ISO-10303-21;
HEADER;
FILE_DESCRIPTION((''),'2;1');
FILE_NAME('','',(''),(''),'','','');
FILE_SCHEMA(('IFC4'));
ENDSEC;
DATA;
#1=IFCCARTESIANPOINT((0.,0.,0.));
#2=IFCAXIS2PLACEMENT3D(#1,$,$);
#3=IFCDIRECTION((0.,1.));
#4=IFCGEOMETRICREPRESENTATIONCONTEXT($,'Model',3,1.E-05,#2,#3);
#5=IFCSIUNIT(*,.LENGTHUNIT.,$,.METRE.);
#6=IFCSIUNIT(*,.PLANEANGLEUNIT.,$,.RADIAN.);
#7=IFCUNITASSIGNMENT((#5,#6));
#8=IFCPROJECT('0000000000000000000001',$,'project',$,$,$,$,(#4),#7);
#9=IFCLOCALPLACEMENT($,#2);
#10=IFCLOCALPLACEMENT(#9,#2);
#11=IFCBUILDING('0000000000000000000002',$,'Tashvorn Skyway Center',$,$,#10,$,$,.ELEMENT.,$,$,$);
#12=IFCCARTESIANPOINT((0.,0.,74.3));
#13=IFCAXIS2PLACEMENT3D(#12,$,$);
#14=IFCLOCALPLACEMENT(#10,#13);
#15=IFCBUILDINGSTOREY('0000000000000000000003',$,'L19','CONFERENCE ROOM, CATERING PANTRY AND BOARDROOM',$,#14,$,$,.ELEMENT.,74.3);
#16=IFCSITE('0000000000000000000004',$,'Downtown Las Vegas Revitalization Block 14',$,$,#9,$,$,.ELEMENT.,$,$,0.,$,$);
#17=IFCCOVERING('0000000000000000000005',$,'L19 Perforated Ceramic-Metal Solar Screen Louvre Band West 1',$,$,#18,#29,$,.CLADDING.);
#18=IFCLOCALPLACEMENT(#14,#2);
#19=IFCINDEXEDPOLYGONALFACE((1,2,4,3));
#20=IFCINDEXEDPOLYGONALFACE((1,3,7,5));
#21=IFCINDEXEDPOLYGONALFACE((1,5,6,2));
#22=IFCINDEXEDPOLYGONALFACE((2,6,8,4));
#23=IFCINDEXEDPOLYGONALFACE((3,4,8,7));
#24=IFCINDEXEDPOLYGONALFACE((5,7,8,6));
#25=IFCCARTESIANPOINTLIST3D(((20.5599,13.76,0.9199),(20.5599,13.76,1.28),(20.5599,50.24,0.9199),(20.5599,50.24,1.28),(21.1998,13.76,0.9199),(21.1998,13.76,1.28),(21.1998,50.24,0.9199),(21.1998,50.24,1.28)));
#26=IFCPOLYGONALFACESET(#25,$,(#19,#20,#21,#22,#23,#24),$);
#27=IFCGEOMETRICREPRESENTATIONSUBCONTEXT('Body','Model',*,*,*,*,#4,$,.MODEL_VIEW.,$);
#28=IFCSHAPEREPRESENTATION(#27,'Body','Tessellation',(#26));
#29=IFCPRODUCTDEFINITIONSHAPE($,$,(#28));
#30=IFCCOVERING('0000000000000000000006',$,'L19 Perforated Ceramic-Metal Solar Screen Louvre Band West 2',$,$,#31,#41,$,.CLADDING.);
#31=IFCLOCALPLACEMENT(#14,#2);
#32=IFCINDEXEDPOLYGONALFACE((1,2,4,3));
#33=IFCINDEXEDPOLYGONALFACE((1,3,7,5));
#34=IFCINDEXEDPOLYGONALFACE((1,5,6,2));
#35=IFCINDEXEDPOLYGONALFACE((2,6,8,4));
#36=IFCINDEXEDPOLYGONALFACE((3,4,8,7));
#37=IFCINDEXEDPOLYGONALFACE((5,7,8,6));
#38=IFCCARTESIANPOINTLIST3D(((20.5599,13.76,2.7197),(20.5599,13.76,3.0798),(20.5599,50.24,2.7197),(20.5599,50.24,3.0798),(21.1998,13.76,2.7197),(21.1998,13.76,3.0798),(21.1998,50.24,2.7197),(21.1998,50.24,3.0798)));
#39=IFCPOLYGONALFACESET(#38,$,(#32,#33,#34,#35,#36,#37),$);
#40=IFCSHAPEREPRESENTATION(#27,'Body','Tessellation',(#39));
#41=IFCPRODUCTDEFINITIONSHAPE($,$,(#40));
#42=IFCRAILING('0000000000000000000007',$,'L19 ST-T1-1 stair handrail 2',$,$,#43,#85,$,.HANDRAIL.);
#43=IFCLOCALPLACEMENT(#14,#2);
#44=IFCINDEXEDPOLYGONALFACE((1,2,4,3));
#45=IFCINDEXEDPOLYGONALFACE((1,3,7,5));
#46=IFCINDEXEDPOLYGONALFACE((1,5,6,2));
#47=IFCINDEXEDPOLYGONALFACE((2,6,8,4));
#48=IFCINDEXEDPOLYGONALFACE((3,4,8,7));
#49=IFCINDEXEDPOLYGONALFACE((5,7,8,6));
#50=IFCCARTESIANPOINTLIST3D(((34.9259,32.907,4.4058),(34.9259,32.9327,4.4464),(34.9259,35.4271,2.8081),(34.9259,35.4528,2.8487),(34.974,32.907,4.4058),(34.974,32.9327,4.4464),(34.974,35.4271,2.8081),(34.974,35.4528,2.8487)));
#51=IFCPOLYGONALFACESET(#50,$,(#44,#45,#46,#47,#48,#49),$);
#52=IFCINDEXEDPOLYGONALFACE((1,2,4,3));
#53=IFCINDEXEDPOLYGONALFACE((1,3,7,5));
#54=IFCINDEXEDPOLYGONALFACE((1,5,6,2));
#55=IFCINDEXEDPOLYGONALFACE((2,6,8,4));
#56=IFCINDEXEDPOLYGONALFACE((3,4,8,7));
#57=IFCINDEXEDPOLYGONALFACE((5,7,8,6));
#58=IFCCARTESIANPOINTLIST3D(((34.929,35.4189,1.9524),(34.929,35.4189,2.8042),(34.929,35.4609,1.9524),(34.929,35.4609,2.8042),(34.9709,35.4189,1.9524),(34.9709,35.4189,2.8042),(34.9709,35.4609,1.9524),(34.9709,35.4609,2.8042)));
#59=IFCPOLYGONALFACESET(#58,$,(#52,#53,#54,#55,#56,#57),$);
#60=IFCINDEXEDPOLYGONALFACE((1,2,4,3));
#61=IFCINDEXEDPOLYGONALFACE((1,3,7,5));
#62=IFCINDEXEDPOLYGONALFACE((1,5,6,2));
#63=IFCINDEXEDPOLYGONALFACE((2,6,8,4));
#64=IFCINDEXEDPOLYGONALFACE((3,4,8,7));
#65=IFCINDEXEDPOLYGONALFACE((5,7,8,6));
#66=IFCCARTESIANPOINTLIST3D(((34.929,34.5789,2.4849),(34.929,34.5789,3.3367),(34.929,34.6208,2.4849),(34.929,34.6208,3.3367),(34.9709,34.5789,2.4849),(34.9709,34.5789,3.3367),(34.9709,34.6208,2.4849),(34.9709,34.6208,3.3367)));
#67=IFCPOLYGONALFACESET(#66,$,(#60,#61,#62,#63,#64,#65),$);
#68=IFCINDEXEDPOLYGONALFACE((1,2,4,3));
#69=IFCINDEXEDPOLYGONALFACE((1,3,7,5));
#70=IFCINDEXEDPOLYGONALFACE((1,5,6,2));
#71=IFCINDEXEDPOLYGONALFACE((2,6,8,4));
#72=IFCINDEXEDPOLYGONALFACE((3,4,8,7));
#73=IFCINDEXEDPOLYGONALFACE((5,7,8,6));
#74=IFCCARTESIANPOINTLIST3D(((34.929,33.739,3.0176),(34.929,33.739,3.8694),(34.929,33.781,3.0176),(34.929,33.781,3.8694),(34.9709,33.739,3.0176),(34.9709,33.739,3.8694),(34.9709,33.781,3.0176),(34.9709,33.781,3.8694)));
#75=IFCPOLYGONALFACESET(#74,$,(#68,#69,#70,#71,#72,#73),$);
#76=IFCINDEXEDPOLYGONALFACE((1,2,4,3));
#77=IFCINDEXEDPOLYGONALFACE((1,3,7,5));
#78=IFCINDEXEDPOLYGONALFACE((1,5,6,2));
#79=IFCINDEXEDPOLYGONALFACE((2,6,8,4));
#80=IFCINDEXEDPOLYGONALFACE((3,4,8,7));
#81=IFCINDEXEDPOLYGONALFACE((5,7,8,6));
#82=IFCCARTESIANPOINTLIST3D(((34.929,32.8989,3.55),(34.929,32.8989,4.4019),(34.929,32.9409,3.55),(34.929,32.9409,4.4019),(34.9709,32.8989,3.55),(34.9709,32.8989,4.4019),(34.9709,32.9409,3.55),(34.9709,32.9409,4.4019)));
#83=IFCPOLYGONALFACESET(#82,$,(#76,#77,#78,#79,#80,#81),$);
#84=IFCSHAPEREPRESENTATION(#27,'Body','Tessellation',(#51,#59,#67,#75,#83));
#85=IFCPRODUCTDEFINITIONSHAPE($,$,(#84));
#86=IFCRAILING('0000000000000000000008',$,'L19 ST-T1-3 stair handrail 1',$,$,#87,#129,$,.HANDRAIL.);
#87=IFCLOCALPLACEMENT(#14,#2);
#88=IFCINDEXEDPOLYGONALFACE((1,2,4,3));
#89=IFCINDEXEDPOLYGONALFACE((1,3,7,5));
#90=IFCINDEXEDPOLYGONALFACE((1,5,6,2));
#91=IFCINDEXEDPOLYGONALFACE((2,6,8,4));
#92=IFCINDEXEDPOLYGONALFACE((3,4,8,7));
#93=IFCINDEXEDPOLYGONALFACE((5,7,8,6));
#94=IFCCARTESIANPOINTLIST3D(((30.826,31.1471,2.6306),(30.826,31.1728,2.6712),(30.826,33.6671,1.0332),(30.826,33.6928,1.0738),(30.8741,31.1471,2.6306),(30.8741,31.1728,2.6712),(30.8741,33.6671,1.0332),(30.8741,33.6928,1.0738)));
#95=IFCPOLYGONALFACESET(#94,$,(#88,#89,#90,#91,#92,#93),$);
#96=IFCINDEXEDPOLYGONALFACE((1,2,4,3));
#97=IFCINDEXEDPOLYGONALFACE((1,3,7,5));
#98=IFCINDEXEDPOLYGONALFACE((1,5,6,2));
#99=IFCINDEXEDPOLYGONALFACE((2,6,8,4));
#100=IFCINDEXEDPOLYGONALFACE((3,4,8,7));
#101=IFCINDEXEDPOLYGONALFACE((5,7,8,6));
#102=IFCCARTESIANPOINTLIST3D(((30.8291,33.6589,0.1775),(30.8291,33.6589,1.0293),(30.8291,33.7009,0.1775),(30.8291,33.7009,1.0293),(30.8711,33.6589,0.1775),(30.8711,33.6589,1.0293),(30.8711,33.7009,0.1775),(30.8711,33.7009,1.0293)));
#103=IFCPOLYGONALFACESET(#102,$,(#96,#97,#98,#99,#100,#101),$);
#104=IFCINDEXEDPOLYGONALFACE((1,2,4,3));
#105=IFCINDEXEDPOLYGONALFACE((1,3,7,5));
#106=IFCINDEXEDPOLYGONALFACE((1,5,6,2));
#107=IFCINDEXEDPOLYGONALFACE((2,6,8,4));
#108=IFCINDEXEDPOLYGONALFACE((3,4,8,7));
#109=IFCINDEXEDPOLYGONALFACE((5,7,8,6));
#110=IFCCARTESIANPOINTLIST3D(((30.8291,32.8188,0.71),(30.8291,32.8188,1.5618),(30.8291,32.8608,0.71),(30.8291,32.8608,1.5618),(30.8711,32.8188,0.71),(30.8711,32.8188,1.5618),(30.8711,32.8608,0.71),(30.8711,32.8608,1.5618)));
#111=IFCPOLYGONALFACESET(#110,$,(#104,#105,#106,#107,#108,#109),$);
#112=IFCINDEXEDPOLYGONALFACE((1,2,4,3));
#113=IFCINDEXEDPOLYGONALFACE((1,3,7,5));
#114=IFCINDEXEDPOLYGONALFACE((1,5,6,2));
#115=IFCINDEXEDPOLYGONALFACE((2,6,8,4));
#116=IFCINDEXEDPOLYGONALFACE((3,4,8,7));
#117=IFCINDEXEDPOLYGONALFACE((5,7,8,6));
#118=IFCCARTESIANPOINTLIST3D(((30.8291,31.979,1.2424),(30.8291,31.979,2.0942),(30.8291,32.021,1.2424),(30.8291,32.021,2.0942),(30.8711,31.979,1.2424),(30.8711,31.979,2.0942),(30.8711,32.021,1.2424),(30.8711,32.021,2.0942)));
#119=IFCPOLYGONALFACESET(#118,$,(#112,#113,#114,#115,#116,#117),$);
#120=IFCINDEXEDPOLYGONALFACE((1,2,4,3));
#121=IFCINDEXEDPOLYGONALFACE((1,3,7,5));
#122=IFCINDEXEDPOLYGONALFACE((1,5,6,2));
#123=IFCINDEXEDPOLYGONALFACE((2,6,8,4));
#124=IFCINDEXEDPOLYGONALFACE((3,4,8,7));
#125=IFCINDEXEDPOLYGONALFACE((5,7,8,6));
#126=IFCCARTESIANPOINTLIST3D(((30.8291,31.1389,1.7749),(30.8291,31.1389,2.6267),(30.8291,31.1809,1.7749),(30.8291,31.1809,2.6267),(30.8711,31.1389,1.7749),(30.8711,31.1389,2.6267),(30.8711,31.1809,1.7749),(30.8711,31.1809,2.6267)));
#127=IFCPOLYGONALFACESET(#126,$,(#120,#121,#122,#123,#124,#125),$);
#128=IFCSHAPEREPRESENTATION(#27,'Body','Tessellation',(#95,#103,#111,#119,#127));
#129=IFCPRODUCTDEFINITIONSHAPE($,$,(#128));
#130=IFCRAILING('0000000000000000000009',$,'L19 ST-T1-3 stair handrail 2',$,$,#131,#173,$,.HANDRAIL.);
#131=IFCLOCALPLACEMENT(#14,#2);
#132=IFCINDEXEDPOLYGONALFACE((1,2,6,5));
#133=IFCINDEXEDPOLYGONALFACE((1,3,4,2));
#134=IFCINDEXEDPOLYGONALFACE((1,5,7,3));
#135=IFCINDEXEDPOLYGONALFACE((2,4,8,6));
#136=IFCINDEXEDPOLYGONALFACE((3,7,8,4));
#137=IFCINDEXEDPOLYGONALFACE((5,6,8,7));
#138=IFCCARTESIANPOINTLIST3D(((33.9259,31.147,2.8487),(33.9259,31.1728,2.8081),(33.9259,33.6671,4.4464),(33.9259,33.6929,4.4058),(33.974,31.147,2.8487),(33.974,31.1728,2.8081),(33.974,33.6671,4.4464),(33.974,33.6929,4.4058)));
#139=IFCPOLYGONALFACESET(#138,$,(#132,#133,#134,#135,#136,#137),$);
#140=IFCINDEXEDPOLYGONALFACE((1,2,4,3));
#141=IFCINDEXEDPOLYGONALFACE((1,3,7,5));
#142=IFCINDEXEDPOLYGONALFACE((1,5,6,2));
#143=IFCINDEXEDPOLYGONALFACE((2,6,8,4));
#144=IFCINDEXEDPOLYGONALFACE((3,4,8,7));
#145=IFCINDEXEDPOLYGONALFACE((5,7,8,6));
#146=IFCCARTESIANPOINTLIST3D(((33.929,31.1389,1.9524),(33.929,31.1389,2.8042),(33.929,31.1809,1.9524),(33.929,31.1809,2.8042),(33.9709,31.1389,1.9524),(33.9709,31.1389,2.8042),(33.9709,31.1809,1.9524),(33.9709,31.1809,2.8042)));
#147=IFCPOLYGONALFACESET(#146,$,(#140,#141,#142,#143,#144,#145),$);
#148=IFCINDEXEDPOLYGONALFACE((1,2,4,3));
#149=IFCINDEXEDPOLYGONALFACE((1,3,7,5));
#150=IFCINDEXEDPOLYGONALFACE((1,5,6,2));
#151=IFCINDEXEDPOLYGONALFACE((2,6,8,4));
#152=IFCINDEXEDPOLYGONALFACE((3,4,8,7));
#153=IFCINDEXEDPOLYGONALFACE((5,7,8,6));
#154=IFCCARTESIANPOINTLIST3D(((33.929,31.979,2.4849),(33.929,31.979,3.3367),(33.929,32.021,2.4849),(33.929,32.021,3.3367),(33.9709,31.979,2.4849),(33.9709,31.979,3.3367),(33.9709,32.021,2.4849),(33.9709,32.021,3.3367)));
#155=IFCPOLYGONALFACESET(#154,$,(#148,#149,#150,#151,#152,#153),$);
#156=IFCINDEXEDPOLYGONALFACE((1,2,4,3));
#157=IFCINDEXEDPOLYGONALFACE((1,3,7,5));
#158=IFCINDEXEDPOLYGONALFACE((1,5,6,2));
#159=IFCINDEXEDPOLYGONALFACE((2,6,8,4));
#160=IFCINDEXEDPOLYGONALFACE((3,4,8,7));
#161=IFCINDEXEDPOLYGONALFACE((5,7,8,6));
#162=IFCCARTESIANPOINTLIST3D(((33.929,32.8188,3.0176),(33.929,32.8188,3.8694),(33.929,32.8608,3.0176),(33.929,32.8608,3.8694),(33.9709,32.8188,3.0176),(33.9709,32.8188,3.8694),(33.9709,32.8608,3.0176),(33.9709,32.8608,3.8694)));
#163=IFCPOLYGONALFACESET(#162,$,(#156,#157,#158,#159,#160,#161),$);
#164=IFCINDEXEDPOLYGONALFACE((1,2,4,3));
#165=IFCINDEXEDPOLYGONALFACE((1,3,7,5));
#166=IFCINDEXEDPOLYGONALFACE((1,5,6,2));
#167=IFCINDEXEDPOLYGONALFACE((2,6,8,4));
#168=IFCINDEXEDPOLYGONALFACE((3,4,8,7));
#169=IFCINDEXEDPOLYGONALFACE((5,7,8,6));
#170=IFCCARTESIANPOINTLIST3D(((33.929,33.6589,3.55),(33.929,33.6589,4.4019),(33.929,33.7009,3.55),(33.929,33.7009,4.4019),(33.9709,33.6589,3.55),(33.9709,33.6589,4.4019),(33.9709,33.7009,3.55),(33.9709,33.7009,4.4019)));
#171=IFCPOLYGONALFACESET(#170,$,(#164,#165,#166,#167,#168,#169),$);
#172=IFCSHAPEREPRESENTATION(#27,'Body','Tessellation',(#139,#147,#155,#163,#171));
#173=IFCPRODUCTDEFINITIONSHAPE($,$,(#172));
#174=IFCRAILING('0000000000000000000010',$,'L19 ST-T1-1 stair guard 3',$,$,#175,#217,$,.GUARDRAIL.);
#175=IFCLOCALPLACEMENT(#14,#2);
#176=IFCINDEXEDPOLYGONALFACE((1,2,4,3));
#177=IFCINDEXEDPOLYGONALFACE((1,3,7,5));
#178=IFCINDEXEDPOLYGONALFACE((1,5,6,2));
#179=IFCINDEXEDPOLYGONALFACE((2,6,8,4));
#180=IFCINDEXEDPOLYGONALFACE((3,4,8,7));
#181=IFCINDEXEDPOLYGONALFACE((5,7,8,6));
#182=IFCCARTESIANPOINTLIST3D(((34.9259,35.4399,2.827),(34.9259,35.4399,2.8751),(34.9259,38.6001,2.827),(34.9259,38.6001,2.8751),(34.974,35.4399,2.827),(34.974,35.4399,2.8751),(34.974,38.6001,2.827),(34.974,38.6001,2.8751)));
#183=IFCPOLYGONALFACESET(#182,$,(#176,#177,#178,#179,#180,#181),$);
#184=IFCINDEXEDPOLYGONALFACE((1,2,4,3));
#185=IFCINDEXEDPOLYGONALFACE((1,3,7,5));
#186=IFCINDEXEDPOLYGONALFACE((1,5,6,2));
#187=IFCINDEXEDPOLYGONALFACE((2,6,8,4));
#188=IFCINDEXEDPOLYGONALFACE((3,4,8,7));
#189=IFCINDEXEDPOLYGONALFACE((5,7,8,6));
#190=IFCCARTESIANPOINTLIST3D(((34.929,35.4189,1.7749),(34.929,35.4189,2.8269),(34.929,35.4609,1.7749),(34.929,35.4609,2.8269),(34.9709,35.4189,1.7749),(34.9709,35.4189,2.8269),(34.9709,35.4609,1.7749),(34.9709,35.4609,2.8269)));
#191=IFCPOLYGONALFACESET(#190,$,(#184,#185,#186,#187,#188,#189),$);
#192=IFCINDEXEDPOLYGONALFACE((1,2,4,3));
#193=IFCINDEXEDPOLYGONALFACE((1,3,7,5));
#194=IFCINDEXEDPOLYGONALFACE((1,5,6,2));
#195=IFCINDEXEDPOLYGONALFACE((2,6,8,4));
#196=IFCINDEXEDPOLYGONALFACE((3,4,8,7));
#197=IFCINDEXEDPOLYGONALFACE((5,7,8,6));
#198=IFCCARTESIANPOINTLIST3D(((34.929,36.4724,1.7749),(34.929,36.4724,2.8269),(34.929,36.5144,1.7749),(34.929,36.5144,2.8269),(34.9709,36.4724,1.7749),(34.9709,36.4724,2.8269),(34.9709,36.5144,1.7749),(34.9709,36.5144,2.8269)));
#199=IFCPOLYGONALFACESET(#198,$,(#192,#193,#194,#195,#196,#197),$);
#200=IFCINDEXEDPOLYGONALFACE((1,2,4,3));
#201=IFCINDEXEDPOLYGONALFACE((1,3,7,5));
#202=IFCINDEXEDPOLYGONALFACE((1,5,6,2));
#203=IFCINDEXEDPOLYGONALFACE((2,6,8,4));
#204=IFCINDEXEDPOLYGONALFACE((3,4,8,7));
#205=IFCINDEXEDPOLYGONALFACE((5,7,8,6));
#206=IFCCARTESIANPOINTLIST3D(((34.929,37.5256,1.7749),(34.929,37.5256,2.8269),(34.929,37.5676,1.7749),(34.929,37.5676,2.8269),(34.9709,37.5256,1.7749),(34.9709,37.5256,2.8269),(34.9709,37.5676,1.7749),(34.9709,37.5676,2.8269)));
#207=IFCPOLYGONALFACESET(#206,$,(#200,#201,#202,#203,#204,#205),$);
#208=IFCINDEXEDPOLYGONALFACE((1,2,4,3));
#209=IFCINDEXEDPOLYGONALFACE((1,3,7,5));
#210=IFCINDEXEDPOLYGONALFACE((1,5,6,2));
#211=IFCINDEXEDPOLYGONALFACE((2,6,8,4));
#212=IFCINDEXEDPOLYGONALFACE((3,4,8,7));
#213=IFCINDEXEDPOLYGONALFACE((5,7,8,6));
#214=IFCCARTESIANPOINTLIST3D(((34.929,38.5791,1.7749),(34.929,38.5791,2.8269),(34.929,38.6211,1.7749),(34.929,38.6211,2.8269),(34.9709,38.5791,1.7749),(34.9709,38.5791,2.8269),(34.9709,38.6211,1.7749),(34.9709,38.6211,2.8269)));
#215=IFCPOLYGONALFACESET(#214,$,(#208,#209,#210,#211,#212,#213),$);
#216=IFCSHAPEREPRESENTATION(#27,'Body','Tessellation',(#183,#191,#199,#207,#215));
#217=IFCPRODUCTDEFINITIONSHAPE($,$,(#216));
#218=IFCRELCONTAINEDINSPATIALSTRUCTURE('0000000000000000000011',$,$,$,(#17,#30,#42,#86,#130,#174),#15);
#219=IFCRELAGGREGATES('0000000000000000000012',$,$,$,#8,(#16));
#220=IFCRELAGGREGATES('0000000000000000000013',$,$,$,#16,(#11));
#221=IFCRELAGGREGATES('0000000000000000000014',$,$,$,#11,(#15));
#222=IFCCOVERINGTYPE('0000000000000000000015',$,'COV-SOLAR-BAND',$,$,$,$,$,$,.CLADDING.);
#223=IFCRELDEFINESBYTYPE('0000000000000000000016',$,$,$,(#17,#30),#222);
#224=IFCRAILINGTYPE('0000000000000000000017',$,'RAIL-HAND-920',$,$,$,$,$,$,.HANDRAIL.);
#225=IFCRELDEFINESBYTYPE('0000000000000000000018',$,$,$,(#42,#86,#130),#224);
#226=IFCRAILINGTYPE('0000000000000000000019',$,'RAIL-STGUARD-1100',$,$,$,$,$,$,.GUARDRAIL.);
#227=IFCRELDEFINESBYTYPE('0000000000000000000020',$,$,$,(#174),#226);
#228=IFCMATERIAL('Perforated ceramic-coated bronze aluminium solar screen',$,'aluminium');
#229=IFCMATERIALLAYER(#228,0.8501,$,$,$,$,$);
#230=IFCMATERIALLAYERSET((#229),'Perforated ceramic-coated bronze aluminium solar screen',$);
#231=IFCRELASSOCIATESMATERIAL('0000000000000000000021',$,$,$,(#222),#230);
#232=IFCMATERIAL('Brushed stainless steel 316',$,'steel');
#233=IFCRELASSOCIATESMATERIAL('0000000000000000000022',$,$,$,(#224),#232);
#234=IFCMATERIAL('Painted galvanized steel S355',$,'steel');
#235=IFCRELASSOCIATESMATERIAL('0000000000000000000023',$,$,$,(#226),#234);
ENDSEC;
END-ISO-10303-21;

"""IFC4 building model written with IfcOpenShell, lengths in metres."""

from ifc_helpers import new_model, si_unit, direction, frame, origin, origin_2d, place, context, subcontext, project, spatial, rectangle, extrude, material, layer, layer_set, type_object, element, save


model = new_model("IFC4")

# Units and contexts
model_context = context("Model", 3, precision=1e-05, world=origin(), true_north=direction((0.0, 1.0)))
body_context = subcontext(model_context, "Body", "Model", "MODEL_VIEW")
ifc_project = project(units=[si_unit("LENGTHUNIT", "METRE"), si_unit("PLANEANGLEUNIT", "RADIAN")], contexts=[model_context])

# Site, building, storey
site_placement = place(None, origin())
site = spatial("IfcSite", under=ifc_project, at=site_placement, Name="Downtown Las Vegas Revitalization Block 14", CompositionType="ELEMENT", RefElevation=0.0)
building_placement = place(site_placement, origin())
building = spatial("IfcBuilding", under=site, at=building_placement, Name="Tashvorn Skyway Center", CompositionType="ELEMENT")
storey_placement = place(building_placement, frame((0.0, 0.0, 74.3)))
storey = spatial("IfcBuildingStorey", under=building, at=storey_placement, Name="L19", Description="CONFERENCE ROOM, CATERING PANTRY AND BOARDROOM", CompositionType="ELEMENT", Elevation=74.3)

# Coverings
ifc_material_1 = material(Name="Perforated ceramic-coated bronze aluminium solar screen", Category="aluminium")
ifc_layer_1 = layer(ifc_material_1, 0.8501)
ifc_layer_set_1 = layer_set([ifc_layer_1], Name="Perforated ceramic-coated bronze aluminium solar screen")
covering_type = type_object("IfcCoveringType", Name="COV-SOLAR-BAND", PredefinedType="CLADDING", material=ifc_layer_set_1)
for number, where, z_axis, x_axis, name in (
    (1, (20.8799, 32.0, 0.9199), (0.0, 0.0, 1.0), (0.0, 1.0, 0.0), "L19 Perforated Ceramic-Metal Solar Screen Louvre Band West 1"),
    (2, (20.8799, 32.0, 2.7197), (0.0, 0.0, 1.0), (0.0, 1.0, 0.0), "L19 Perforated Ceramic-Metal Solar Screen Louvre Band West 2"),
):
    element("IfcCovering", number, at=place(storey_placement, frame(where, z_axis=z_axis, x_axis=x_axis)), inside=storey, type_object=covering_type, Name=name, PredefinedType="CLADDING", context=body_context, shape_type="SweptSolid", body=[
        extrude(rectangle(XDim=36.48, YDim=0.6399, at=origin_2d()), origin(), (0.0, 0.0, 1.0), 0.3601),
    ])

# Railings
ifc_material_2 = material(Name="Brushed stainless steel 316", Category="steel")
railing_type_1 = type_object("IfcRailingType", Name="RAIL-HAND-920", PredefinedType="HANDRAIL", material=ifc_material_2)
railing_1_placement = place(storey_placement, frame((34.95, 35.4399, 1.9524)))
element("IfcRailing", 3, at=railing_1_placement, inside=storey, type_object=railing_type_1, Name="L19 ST-T1-1 stair handrail 2", PredefinedType="HANDRAIL", context=body_context, shape_type="SweptSolid", body=[
    extrude(rectangle(XDim=0.0481, YDim=0.0481, at=origin_2d()), frame((0.0, 0.0, 0.876), z_axis=(0.0, -0.84457, 0.535445), x_axis=(1.0, 0.0, 0.0)), (0.0, 0.0, 1.0), 2.9839),
    extrude(rectangle(XDim=0.042, YDim=0.042, at=origin_2d()), origin(), (0.0, 0.0, 1.0), 0.8518),
    extrude(rectangle(XDim=0.042, YDim=0.042, at=origin_2d()), frame((0.0, -0.8401, 0.5325)), (0.0, 0.0, 1.0), 0.8518),
    extrude(rectangle(XDim=0.042, YDim=0.042, at=origin_2d()), frame((0.0, -1.6799, 1.0652)), (0.0, 0.0, 1.0), 0.8518),
    extrude(rectangle(XDim=0.042, YDim=0.042, at=origin_2d()), frame((0.0, -2.52, 1.5977)), (0.0, 0.0, 1.0), 0.8518),
])
railing_2_placement = place(storey_placement, frame((30.8501, 33.6799, 0.1775)))
element("IfcRailing", 4, at=railing_2_placement, inside=storey, type_object=railing_type_1, Name="L19 ST-T1-3 stair handrail 1", PredefinedType="HANDRAIL", context=body_context, shape_type="SweptSolid", body=[
    extrude(rectangle(XDim=0.0481, YDim=0.0481, at=origin_2d()), frame((0.0, 0.0, 0.876), z_axis=(0.0, -0.844607, 0.535387), x_axis=(1.0, 0.0, 0.0)), (0.0, 0.0, 1.0), 2.9836),
    extrude(rectangle(XDim=0.042, YDim=0.042, at=origin_2d()), origin(), (0.0, 0.0, 1.0), 0.8518),
    extrude(rectangle(XDim=0.042, YDim=0.042, at=origin_2d()), frame((0.0, -0.8401, 0.5325)), (0.0, 0.0, 1.0), 0.8518),
    extrude(rectangle(XDim=0.042, YDim=0.042, at=origin_2d()), frame((0.0, -1.6799, 1.0649)), (0.0, 0.0, 1.0), 0.8518),
    extrude(rectangle(XDim=0.042, YDim=0.042, at=origin_2d()), frame((0.0, -2.52, 1.5974)), (0.0, 0.0, 1.0), 0.8518),
])
railing_3_placement = place(storey_placement, frame((33.95, 31.1599, 1.9524)))
element("IfcRailing", 5, at=railing_3_placement, inside=storey, type_object=railing_type_1, Name="L19 ST-T1-3 stair handrail 2", PredefinedType="HANDRAIL", context=body_context, shape_type="SweptSolid", body=[
    extrude(rectangle(XDim=0.0481, YDim=0.0481, at=origin_2d()), frame((0.0, 0.0, 0.876), z_axis=(0.0, 0.84457, 0.535445), x_axis=(-1.0, 0.0, 0.0)), (0.0, 0.0, 1.0), 2.9839),
    extrude(rectangle(XDim=0.042, YDim=0.042, at=origin_2d()), origin(), (0.0, 0.0, 1.0), 0.8518),
    extrude(rectangle(XDim=0.042, YDim=0.042, at=origin_2d()), frame((0.0, 0.8401, 0.5325)), (0.0, 0.0, 1.0), 0.8518),
    extrude(rectangle(XDim=0.042, YDim=0.042, at=origin_2d()), frame((0.0, 1.6799, 1.0652)), (0.0, 0.0, 1.0), 0.8518),
    extrude(rectangle(XDim=0.042, YDim=0.042, at=origin_2d()), frame((0.0, 2.52, 1.5977)), (0.0, 0.0, 1.0), 0.8518),
])
ifc_material_3 = material(Name="Painted galvanized steel S355", Category="steel")
railing_type_2 = type_object("IfcRailingType", Name="RAIL-STGUARD-1100", PredefinedType="GUARDRAIL", material=ifc_material_3)
railing_4_placement = place(storey_placement, frame((34.95, 35.4399, 1.7749)))
element("IfcRailing", 6, at=railing_4_placement, inside=storey, type_object=railing_type_2, Name="L19 ST-T1-1 stair guard 3", PredefinedType="GUARDRAIL", context=body_context, shape_type="SweptSolid", body=[
    extrude(rectangle(XDim=0.0481, YDim=0.0481, at=origin_2d()), frame((0.0, 0.0, 1.0762), z_axis=(0.0, 1.0, 0.0), x_axis=(-1.0, 0.0, 0.0)), (0.0, 0.0, 1.0), 3.1602),
    extrude(rectangle(XDim=0.042, YDim=0.042, at=origin_2d()), origin(), (0.0, 0.0, 1.0), 1.052),
    extrude(rectangle(XDim=0.042, YDim=0.042, at=origin_2d()), frame((0.0, 1.0535, 0.0)), (0.0, 0.0, 1.0), 1.052),
    extrude(rectangle(XDim=0.042, YDim=0.042, at=origin_2d()), frame((0.0, 2.1067, 0.0)), (0.0, 0.0, 1.0), 1.052),
    extrude(rectangle(XDim=0.042, YDim=0.042, at=origin_2d()), frame((0.0, 3.1602, 0.0)), (0.0, 0.0, 1.0), 1.052),
])

save(model, "model.ifc")
